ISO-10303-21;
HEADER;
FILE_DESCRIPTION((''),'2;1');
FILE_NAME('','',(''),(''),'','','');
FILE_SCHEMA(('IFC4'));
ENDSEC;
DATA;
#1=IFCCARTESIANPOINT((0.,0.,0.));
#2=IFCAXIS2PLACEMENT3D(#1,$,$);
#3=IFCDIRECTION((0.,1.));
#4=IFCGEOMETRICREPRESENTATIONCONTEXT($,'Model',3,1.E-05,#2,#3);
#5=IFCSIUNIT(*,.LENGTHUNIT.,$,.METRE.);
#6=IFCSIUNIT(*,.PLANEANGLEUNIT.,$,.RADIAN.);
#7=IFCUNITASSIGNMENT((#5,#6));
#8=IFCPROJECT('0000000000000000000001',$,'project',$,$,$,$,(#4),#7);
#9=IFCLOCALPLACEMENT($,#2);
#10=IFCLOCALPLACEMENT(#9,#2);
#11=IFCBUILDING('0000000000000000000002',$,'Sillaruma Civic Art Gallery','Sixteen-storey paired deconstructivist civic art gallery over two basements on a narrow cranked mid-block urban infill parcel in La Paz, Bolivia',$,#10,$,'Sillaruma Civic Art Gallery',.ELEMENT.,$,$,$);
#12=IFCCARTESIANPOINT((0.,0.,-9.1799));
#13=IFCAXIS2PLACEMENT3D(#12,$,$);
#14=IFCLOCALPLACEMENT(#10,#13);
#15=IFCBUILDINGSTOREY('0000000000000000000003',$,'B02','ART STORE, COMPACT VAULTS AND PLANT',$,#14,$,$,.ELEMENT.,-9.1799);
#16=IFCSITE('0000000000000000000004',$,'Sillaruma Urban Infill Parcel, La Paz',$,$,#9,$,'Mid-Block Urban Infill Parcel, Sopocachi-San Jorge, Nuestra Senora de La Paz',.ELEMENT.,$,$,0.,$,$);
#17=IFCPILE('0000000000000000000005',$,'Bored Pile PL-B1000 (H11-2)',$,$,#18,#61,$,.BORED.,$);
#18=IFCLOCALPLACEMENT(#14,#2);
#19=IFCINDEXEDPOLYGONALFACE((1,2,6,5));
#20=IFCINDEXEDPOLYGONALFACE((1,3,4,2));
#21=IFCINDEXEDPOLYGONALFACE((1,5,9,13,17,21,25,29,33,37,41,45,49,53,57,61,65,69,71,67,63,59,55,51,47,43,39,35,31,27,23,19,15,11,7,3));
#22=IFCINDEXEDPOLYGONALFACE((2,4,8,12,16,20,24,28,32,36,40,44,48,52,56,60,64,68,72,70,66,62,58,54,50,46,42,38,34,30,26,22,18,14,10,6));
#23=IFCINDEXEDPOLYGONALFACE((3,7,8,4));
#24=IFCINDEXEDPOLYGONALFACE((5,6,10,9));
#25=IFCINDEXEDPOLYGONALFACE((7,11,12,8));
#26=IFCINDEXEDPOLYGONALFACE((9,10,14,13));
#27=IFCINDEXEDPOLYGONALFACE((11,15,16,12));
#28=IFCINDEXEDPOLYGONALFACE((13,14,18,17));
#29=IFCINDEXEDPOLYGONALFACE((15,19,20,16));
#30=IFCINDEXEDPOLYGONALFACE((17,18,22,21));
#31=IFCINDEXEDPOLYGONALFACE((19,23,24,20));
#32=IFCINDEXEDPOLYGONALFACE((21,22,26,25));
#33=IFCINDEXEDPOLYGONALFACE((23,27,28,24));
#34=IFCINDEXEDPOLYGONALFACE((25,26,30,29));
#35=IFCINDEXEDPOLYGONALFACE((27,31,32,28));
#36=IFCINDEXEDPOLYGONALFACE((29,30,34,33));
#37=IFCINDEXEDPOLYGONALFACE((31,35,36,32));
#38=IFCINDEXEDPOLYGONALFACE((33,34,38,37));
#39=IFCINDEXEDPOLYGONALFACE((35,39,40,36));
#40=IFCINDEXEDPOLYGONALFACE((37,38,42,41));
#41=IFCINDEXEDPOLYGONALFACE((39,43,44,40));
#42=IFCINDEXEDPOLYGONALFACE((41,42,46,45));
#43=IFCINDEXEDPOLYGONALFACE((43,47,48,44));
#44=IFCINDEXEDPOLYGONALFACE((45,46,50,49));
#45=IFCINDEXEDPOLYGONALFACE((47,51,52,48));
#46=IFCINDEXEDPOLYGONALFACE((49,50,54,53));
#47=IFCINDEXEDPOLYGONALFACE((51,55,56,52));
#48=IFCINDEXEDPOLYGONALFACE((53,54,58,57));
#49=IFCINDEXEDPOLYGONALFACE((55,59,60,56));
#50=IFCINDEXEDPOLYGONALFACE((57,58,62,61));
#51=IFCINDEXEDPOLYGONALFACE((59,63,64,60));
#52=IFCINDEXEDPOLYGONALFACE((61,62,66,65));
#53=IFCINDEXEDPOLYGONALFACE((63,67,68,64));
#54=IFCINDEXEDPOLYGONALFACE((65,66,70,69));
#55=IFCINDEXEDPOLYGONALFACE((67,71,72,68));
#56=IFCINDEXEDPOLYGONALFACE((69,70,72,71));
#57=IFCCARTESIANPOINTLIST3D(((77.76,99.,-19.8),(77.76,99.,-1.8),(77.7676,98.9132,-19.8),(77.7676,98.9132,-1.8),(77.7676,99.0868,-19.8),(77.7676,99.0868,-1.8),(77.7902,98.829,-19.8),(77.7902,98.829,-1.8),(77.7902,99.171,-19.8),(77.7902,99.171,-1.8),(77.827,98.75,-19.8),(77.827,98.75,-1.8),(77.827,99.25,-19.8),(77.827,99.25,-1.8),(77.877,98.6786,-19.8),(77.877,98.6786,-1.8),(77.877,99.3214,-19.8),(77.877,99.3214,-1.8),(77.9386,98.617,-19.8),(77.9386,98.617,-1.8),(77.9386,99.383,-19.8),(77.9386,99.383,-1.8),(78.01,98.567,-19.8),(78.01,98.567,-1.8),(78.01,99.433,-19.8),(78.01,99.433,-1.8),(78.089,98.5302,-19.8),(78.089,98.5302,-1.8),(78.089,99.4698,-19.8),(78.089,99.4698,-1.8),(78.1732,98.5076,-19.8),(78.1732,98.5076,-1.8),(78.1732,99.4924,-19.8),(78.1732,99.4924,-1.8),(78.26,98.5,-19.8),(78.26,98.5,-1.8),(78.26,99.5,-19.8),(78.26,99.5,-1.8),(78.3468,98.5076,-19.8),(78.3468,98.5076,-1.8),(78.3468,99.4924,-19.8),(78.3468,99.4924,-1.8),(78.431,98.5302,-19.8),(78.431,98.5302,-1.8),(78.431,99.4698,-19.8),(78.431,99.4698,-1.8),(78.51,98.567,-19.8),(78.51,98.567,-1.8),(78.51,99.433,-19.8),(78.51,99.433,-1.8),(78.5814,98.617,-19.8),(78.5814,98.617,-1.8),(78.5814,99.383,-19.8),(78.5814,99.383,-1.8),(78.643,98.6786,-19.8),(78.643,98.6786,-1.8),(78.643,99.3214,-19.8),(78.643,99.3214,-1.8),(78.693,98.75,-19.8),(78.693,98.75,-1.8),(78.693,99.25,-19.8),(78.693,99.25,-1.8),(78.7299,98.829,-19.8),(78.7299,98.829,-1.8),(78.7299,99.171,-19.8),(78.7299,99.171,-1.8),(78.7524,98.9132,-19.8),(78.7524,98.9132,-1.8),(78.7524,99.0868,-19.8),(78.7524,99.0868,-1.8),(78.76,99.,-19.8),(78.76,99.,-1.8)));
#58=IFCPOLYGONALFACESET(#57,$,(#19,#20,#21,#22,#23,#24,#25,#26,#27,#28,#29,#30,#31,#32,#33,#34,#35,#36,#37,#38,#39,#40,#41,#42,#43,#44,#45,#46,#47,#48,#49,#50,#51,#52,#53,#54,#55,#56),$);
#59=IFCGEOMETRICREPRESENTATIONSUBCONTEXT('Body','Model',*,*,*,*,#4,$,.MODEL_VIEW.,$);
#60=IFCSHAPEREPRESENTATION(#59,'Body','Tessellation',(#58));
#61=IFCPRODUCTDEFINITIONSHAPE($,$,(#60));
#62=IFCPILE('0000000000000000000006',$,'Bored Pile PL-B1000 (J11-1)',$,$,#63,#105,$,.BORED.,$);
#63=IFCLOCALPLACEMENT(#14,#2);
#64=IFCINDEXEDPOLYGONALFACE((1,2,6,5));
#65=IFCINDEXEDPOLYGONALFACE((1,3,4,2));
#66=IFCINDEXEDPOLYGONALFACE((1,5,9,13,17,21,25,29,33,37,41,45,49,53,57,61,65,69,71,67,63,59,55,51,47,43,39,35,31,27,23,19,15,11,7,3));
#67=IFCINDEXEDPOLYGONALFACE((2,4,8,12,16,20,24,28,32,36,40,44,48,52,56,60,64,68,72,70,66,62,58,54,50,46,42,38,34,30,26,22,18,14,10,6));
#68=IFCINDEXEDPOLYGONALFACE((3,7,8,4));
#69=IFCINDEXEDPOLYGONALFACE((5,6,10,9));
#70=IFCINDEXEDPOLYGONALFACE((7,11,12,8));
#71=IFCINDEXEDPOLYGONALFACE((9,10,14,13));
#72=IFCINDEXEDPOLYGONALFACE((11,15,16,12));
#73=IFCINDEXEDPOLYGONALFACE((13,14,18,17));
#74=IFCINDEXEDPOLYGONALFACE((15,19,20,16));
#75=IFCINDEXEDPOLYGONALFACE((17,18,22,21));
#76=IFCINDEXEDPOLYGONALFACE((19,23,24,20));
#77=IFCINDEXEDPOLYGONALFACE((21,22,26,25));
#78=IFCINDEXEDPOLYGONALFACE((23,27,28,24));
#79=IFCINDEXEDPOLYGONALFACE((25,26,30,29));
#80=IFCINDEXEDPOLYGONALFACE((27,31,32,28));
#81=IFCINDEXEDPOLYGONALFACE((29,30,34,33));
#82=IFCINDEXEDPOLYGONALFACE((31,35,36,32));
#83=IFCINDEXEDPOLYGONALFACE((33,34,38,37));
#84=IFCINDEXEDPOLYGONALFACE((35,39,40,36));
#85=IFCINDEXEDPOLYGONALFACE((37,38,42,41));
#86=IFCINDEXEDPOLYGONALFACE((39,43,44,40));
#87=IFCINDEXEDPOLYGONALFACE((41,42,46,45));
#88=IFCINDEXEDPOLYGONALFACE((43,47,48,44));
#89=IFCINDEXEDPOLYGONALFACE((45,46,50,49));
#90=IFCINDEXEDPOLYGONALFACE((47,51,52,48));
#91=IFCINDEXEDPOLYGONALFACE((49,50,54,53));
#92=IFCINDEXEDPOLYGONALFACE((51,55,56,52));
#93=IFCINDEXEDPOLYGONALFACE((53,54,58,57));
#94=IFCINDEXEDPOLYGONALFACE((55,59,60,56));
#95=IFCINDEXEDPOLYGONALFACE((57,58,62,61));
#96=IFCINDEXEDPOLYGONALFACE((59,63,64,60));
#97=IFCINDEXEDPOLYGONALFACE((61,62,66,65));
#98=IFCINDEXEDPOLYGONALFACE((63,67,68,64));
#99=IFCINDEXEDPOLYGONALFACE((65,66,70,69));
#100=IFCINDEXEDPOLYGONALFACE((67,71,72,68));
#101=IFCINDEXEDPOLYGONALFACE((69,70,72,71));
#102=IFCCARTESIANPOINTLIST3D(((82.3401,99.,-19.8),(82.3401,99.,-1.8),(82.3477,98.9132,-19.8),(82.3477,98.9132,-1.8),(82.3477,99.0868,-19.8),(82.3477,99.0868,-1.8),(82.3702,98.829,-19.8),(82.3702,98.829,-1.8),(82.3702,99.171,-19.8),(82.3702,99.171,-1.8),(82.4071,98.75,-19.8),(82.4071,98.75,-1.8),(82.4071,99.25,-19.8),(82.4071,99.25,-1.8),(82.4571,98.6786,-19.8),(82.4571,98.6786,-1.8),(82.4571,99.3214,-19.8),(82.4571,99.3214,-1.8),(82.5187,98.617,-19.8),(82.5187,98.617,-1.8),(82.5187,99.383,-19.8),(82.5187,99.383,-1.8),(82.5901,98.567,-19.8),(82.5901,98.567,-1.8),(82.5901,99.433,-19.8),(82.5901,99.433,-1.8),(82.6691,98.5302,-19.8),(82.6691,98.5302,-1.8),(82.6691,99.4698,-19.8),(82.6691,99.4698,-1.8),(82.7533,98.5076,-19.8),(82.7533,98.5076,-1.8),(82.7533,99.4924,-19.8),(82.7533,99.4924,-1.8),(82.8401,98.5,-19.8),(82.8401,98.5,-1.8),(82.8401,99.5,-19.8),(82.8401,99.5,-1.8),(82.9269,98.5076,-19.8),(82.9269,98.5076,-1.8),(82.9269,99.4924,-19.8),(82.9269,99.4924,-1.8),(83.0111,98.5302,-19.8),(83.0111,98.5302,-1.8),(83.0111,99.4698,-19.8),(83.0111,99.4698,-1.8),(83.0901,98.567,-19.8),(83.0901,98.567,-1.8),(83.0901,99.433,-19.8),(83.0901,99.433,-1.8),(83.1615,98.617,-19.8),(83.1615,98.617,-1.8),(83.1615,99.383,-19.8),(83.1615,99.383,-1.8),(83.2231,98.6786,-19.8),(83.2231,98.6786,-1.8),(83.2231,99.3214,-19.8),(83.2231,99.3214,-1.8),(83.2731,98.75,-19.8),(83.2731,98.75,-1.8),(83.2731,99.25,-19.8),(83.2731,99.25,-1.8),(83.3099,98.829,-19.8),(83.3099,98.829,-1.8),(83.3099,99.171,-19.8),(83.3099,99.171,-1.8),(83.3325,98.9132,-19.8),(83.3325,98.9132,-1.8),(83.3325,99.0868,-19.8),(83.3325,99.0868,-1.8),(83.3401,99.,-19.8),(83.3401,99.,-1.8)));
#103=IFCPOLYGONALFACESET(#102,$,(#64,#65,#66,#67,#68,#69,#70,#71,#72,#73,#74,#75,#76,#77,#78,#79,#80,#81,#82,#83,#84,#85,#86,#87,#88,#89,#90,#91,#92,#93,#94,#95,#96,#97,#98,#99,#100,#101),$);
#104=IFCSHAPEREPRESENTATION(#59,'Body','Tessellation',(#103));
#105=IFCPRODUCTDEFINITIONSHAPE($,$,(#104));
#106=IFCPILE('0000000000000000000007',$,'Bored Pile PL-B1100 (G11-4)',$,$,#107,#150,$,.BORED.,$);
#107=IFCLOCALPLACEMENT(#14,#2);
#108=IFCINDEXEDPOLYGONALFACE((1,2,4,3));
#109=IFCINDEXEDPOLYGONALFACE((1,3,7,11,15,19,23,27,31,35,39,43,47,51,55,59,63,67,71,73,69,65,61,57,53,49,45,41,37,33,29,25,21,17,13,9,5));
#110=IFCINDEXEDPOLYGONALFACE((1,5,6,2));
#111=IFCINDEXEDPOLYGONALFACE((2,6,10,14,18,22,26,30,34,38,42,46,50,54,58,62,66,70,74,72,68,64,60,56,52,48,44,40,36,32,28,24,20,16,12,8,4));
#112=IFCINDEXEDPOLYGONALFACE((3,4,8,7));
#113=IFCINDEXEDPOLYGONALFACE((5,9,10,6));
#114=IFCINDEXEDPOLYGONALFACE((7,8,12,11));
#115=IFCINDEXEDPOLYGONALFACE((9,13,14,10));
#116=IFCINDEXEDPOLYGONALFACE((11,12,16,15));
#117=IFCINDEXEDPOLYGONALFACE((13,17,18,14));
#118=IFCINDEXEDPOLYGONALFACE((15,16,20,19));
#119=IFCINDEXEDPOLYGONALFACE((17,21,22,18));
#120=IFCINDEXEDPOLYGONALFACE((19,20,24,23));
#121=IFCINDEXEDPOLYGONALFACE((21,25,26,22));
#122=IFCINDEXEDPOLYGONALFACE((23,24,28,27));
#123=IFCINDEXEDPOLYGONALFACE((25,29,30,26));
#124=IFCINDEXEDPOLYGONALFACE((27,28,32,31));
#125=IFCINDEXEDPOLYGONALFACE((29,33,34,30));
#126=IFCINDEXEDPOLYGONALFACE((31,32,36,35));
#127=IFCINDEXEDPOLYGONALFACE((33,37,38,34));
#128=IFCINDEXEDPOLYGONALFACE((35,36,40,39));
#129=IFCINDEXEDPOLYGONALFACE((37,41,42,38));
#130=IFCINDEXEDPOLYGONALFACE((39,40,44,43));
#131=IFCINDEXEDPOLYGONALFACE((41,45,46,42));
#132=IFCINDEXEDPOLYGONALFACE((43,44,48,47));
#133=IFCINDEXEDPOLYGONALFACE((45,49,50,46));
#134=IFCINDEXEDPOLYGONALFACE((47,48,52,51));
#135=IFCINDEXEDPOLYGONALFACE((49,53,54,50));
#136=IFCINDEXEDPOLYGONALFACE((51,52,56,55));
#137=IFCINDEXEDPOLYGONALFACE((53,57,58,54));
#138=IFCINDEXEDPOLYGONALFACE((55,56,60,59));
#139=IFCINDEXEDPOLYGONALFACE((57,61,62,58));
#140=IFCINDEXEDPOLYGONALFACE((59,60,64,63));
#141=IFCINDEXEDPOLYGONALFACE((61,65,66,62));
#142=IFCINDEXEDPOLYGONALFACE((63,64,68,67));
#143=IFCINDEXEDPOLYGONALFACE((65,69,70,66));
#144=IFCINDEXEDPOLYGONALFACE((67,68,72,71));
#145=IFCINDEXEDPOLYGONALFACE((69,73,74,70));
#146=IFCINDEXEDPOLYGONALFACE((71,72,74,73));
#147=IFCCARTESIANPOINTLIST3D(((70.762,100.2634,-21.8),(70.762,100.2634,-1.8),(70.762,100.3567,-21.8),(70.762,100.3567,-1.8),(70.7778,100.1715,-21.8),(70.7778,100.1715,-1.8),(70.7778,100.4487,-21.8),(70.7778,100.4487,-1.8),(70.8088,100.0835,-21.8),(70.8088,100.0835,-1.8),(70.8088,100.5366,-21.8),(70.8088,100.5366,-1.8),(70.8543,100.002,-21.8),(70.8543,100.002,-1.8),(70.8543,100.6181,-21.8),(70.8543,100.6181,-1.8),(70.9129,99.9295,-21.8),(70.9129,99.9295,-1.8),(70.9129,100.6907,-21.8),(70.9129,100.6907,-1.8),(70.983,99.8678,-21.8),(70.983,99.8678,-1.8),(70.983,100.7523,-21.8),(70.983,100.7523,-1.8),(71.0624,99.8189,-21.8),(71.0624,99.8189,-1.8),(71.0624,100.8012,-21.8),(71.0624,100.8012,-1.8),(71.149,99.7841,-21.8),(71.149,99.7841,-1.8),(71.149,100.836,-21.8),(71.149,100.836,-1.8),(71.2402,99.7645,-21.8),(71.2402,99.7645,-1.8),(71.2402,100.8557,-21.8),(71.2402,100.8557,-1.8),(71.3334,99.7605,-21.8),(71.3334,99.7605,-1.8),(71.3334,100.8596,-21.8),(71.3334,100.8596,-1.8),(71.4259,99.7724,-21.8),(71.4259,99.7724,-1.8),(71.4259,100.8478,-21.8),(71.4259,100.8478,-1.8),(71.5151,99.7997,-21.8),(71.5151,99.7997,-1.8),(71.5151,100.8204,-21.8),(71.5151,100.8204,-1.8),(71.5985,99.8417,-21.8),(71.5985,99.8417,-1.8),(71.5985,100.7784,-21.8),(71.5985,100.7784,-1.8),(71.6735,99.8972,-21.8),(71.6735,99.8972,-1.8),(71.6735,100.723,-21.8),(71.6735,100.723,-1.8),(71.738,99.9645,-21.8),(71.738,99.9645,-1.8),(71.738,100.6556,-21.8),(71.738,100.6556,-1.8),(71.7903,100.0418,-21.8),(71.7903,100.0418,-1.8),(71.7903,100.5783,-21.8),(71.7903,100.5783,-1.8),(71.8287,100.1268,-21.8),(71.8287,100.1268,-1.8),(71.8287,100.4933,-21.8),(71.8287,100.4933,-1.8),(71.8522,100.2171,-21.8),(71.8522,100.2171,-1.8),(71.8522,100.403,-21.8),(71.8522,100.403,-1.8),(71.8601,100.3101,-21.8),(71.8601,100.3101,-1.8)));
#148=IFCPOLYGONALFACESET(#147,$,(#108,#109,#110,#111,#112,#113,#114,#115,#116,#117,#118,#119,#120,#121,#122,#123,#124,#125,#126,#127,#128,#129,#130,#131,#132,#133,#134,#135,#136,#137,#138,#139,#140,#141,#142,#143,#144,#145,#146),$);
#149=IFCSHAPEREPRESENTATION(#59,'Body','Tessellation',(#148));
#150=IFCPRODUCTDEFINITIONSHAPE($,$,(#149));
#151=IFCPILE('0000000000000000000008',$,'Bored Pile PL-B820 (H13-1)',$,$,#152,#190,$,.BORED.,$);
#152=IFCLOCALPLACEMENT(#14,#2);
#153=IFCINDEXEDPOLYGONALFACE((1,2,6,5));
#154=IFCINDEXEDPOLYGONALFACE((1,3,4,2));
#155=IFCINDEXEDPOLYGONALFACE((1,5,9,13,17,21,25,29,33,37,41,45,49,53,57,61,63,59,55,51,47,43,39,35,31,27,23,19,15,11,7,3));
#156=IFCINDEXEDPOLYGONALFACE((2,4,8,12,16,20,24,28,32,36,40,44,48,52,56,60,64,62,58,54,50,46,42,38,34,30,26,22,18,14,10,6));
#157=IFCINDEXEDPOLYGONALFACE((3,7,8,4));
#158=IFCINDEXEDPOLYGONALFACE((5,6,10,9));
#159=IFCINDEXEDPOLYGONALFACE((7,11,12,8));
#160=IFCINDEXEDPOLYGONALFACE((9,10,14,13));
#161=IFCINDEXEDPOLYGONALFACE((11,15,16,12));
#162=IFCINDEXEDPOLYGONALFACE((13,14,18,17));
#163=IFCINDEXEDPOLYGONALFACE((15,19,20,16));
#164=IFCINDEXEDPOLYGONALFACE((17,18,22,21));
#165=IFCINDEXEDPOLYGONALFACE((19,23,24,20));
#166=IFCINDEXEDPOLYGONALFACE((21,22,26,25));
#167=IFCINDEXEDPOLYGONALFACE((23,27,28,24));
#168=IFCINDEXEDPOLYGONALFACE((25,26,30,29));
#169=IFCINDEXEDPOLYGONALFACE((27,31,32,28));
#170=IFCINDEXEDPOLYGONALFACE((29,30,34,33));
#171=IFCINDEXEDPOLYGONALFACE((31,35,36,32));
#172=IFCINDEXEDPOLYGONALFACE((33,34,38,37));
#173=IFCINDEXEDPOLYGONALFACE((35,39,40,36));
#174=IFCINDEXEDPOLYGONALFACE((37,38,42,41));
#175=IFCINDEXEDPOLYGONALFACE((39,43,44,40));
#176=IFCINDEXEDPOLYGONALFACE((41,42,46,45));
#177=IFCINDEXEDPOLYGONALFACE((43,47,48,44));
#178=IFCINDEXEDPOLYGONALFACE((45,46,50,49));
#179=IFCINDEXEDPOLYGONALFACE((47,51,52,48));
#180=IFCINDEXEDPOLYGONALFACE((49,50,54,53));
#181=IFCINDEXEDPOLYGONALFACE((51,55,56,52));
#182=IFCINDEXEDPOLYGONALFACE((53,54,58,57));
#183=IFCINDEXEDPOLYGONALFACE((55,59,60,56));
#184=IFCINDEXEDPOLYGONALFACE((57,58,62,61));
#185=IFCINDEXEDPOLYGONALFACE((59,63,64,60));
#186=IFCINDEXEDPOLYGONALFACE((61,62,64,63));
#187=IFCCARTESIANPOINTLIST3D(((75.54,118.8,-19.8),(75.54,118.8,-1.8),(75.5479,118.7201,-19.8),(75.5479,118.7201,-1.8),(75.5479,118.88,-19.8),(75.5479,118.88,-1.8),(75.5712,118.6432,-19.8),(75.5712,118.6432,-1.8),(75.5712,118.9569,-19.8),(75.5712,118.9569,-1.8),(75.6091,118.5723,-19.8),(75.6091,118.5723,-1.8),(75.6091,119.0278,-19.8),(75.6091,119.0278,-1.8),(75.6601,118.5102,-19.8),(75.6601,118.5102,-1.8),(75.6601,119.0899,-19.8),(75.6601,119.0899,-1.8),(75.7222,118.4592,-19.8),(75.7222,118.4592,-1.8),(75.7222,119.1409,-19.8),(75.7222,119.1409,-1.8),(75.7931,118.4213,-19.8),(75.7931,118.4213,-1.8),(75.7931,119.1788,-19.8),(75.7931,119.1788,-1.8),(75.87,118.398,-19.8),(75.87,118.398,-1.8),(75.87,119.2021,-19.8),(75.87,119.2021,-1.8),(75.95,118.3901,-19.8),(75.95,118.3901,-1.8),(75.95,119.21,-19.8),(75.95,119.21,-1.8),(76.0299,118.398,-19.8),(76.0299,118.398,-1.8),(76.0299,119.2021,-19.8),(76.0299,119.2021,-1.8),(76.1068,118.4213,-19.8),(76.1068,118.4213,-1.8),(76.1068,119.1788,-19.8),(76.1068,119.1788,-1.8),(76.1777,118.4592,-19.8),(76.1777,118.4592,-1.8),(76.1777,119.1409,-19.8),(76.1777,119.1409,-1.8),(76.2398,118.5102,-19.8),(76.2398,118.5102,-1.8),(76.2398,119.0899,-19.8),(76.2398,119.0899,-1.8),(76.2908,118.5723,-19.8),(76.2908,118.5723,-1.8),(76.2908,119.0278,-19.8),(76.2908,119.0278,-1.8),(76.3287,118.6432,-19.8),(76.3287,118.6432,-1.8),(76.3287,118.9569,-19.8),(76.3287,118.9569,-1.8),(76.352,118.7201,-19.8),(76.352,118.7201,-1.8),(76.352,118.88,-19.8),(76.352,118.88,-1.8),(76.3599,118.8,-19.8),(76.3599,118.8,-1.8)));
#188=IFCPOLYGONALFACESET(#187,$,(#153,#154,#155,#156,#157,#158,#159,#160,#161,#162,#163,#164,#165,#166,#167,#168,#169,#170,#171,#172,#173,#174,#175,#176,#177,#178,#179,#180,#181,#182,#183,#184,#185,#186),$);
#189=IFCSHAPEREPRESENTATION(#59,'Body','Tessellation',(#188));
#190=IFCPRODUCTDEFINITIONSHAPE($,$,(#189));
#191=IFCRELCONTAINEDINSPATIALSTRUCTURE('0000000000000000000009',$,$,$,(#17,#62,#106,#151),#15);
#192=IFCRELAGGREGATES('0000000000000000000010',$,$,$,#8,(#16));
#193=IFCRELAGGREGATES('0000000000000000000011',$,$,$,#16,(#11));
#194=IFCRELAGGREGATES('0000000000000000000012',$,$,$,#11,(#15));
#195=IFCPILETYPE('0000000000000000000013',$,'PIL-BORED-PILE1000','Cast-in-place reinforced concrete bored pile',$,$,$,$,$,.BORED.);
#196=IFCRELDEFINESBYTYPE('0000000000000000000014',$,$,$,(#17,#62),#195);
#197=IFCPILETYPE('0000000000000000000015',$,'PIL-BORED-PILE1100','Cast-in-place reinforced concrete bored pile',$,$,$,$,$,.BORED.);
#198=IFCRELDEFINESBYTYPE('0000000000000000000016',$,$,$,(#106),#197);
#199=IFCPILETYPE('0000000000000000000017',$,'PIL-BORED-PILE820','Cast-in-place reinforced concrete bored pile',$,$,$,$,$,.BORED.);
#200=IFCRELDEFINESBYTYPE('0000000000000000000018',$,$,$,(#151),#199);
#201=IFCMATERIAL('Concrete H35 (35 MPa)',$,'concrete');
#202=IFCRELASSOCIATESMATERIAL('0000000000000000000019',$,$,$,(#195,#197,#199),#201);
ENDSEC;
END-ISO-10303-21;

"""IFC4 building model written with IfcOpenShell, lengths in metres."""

from ifc_helpers import new_model, si_unit, direction, frame, origin, origin_2d, place, context, subcontext, project, spatial, circle, extrude, material, material_profile, profile_set, type_object, element, save


model = new_model("IFC4")

# Units and contexts
model_context = context("Model", 3, precision=1e-05, world=origin(), true_north=direction((0.0, 1.0)))
body_context = subcontext(model_context, "Body", "Model", "MODEL_VIEW")
ifc_project = project(units=[si_unit("LENGTHUNIT", "METRE"), si_unit("PLANEANGLEUNIT", "RADIAN")], contexts=[model_context])

# Site, building, storey
site_placement = place(None, origin())
site = spatial("IfcSite", under=ifc_project, at=site_placement, Name="Sillaruma Urban Infill Parcel, La Paz", LongName="Mid-Block Urban Infill Parcel, Sopocachi-San Jorge, Nuestra Senora de La Paz", CompositionType="ELEMENT", RefElevation=0.0)
building_placement = place(site_placement, origin())
building = spatial("IfcBuilding", under=site, at=building_placement, Name="Sillaruma Civic Art Gallery", Description="Sixteen-storey paired deconstructivist civic art gallery over two basements on a narrow cranked mid-block urban infill parcel in La Paz, Bolivia", LongName="Sillaruma Civic Art Gallery", CompositionType="ELEMENT")
storey_placement = place(building_placement, frame((0.0, 0.0, -9.1799)))
storey = spatial("IfcBuildingStorey", under=building, at=storey_placement, Name="B02", Description="ART STORE, COMPACT VAULTS AND PLANT", CompositionType="ELEMENT", Elevation=-9.1799)

# Shared definitions
ifc_material_1 = material(Name="Concrete H35 (35 MPa)", Category="concrete")

# Piles
ifc_material_profile_1 = material_profile(ifc_material_1, circle(Radius=0.5, at=origin_2d()), Name="PILE1000")
ifc_profile_set_1 = profile_set([ifc_material_profile_1], Name="Concrete H35 (35 MPa)")
pile_type_1 = type_object("IfcPileType", Name="PIL-BORED-PILE1000", Description="Cast-in-place reinforced concrete bored pile", PredefinedType="BORED", material=ifc_profile_set_1)
for number, where, z_axis, x_axis, name in (
    (1, (78.26, 99.0, -1.8), (0.0, 0.0, -1.0), (1.0, 0.0, 0.0), "Bored Pile PL-B1000 (H11-2)"),
    (2, (82.8401, 99.0, -1.8), (0.0, 0.0, -1.0), (1.0, 0.0, 0.0), "Bored Pile PL-B1000 (J11-1)"),
):
    element("IfcPile", number, at=place(storey_placement, frame(where, z_axis=z_axis, x_axis=x_axis)), inside=storey, type_object=pile_type_1, Name=name, PredefinedType="BORED", context=body_context, shape_type="SweptSolid", body=[
        extrude(circle(Radius=0.5, at=origin_2d()), origin(), (0.0, 0.0, 1.0), 18.0),
    ])
ifc_material_profile_2 = material_profile(ifc_material_1, circle(Radius=0.55, at=origin_2d()), Name="PILE1100")
ifc_profile_set_2 = profile_set([ifc_material_profile_2], Name="Concrete H35 (35 MPa)")
pile_type_2 = type_object("IfcPileType", Name="PIL-BORED-PILE1100", Description="Cast-in-place reinforced concrete bored pile", PredefinedType="BORED", material=ifc_profile_set_2)
pile_placement = place(storey_placement, frame((71.3101, 100.3101, -1.8), z_axis=(0.0, 0.0, -1.0), x_axis=(1.0, 0.0, 0.0)))
element("IfcPile", 3, at=pile_placement, inside=storey, type_object=pile_type_2, Name="Bored Pile PL-B1100 (G11-4)", PredefinedType="BORED", context=body_context, shape_type="SweptSolid", body=[
    extrude(circle(Radius=0.55, at=origin_2d()), origin(), (0.0, 0.0, 1.0), 20.0),
])
ifc_material_profile_3 = material_profile(ifc_material_1, circle(Radius=0.4099, at=origin_2d()), Name="PILE820")
ifc_profile_set_3 = profile_set([ifc_material_profile_3], Name="Concrete H35 (35 MPa)")
pile_type_3 = type_object("IfcPileType", Name="PIL-BORED-PILE820", Description="Cast-in-place reinforced concrete bored pile", PredefinedType="BORED", material=ifc_profile_set_3)
for number, where, z_axis, x_axis, name in (
    (4, (75.95, 118.8, -1.8), (0.0, 0.0, -1.0), (1.0, 0.0, 0.0), "Bored Pile PL-B820 (H13-1)"),
):
    element("IfcPile", number, at=place(storey_placement, frame(where, z_axis=z_axis, x_axis=x_axis)), inside=storey, type_object=pile_type_3, Name=name, PredefinedType="BORED", context=body_context, shape_type="SweptSolid", body=[
        extrude(circle(Radius=0.4099, at=origin_2d()), origin(), (0.0, 0.0, 1.0), 18.0),
    ])

save(model, "model.ifc")
